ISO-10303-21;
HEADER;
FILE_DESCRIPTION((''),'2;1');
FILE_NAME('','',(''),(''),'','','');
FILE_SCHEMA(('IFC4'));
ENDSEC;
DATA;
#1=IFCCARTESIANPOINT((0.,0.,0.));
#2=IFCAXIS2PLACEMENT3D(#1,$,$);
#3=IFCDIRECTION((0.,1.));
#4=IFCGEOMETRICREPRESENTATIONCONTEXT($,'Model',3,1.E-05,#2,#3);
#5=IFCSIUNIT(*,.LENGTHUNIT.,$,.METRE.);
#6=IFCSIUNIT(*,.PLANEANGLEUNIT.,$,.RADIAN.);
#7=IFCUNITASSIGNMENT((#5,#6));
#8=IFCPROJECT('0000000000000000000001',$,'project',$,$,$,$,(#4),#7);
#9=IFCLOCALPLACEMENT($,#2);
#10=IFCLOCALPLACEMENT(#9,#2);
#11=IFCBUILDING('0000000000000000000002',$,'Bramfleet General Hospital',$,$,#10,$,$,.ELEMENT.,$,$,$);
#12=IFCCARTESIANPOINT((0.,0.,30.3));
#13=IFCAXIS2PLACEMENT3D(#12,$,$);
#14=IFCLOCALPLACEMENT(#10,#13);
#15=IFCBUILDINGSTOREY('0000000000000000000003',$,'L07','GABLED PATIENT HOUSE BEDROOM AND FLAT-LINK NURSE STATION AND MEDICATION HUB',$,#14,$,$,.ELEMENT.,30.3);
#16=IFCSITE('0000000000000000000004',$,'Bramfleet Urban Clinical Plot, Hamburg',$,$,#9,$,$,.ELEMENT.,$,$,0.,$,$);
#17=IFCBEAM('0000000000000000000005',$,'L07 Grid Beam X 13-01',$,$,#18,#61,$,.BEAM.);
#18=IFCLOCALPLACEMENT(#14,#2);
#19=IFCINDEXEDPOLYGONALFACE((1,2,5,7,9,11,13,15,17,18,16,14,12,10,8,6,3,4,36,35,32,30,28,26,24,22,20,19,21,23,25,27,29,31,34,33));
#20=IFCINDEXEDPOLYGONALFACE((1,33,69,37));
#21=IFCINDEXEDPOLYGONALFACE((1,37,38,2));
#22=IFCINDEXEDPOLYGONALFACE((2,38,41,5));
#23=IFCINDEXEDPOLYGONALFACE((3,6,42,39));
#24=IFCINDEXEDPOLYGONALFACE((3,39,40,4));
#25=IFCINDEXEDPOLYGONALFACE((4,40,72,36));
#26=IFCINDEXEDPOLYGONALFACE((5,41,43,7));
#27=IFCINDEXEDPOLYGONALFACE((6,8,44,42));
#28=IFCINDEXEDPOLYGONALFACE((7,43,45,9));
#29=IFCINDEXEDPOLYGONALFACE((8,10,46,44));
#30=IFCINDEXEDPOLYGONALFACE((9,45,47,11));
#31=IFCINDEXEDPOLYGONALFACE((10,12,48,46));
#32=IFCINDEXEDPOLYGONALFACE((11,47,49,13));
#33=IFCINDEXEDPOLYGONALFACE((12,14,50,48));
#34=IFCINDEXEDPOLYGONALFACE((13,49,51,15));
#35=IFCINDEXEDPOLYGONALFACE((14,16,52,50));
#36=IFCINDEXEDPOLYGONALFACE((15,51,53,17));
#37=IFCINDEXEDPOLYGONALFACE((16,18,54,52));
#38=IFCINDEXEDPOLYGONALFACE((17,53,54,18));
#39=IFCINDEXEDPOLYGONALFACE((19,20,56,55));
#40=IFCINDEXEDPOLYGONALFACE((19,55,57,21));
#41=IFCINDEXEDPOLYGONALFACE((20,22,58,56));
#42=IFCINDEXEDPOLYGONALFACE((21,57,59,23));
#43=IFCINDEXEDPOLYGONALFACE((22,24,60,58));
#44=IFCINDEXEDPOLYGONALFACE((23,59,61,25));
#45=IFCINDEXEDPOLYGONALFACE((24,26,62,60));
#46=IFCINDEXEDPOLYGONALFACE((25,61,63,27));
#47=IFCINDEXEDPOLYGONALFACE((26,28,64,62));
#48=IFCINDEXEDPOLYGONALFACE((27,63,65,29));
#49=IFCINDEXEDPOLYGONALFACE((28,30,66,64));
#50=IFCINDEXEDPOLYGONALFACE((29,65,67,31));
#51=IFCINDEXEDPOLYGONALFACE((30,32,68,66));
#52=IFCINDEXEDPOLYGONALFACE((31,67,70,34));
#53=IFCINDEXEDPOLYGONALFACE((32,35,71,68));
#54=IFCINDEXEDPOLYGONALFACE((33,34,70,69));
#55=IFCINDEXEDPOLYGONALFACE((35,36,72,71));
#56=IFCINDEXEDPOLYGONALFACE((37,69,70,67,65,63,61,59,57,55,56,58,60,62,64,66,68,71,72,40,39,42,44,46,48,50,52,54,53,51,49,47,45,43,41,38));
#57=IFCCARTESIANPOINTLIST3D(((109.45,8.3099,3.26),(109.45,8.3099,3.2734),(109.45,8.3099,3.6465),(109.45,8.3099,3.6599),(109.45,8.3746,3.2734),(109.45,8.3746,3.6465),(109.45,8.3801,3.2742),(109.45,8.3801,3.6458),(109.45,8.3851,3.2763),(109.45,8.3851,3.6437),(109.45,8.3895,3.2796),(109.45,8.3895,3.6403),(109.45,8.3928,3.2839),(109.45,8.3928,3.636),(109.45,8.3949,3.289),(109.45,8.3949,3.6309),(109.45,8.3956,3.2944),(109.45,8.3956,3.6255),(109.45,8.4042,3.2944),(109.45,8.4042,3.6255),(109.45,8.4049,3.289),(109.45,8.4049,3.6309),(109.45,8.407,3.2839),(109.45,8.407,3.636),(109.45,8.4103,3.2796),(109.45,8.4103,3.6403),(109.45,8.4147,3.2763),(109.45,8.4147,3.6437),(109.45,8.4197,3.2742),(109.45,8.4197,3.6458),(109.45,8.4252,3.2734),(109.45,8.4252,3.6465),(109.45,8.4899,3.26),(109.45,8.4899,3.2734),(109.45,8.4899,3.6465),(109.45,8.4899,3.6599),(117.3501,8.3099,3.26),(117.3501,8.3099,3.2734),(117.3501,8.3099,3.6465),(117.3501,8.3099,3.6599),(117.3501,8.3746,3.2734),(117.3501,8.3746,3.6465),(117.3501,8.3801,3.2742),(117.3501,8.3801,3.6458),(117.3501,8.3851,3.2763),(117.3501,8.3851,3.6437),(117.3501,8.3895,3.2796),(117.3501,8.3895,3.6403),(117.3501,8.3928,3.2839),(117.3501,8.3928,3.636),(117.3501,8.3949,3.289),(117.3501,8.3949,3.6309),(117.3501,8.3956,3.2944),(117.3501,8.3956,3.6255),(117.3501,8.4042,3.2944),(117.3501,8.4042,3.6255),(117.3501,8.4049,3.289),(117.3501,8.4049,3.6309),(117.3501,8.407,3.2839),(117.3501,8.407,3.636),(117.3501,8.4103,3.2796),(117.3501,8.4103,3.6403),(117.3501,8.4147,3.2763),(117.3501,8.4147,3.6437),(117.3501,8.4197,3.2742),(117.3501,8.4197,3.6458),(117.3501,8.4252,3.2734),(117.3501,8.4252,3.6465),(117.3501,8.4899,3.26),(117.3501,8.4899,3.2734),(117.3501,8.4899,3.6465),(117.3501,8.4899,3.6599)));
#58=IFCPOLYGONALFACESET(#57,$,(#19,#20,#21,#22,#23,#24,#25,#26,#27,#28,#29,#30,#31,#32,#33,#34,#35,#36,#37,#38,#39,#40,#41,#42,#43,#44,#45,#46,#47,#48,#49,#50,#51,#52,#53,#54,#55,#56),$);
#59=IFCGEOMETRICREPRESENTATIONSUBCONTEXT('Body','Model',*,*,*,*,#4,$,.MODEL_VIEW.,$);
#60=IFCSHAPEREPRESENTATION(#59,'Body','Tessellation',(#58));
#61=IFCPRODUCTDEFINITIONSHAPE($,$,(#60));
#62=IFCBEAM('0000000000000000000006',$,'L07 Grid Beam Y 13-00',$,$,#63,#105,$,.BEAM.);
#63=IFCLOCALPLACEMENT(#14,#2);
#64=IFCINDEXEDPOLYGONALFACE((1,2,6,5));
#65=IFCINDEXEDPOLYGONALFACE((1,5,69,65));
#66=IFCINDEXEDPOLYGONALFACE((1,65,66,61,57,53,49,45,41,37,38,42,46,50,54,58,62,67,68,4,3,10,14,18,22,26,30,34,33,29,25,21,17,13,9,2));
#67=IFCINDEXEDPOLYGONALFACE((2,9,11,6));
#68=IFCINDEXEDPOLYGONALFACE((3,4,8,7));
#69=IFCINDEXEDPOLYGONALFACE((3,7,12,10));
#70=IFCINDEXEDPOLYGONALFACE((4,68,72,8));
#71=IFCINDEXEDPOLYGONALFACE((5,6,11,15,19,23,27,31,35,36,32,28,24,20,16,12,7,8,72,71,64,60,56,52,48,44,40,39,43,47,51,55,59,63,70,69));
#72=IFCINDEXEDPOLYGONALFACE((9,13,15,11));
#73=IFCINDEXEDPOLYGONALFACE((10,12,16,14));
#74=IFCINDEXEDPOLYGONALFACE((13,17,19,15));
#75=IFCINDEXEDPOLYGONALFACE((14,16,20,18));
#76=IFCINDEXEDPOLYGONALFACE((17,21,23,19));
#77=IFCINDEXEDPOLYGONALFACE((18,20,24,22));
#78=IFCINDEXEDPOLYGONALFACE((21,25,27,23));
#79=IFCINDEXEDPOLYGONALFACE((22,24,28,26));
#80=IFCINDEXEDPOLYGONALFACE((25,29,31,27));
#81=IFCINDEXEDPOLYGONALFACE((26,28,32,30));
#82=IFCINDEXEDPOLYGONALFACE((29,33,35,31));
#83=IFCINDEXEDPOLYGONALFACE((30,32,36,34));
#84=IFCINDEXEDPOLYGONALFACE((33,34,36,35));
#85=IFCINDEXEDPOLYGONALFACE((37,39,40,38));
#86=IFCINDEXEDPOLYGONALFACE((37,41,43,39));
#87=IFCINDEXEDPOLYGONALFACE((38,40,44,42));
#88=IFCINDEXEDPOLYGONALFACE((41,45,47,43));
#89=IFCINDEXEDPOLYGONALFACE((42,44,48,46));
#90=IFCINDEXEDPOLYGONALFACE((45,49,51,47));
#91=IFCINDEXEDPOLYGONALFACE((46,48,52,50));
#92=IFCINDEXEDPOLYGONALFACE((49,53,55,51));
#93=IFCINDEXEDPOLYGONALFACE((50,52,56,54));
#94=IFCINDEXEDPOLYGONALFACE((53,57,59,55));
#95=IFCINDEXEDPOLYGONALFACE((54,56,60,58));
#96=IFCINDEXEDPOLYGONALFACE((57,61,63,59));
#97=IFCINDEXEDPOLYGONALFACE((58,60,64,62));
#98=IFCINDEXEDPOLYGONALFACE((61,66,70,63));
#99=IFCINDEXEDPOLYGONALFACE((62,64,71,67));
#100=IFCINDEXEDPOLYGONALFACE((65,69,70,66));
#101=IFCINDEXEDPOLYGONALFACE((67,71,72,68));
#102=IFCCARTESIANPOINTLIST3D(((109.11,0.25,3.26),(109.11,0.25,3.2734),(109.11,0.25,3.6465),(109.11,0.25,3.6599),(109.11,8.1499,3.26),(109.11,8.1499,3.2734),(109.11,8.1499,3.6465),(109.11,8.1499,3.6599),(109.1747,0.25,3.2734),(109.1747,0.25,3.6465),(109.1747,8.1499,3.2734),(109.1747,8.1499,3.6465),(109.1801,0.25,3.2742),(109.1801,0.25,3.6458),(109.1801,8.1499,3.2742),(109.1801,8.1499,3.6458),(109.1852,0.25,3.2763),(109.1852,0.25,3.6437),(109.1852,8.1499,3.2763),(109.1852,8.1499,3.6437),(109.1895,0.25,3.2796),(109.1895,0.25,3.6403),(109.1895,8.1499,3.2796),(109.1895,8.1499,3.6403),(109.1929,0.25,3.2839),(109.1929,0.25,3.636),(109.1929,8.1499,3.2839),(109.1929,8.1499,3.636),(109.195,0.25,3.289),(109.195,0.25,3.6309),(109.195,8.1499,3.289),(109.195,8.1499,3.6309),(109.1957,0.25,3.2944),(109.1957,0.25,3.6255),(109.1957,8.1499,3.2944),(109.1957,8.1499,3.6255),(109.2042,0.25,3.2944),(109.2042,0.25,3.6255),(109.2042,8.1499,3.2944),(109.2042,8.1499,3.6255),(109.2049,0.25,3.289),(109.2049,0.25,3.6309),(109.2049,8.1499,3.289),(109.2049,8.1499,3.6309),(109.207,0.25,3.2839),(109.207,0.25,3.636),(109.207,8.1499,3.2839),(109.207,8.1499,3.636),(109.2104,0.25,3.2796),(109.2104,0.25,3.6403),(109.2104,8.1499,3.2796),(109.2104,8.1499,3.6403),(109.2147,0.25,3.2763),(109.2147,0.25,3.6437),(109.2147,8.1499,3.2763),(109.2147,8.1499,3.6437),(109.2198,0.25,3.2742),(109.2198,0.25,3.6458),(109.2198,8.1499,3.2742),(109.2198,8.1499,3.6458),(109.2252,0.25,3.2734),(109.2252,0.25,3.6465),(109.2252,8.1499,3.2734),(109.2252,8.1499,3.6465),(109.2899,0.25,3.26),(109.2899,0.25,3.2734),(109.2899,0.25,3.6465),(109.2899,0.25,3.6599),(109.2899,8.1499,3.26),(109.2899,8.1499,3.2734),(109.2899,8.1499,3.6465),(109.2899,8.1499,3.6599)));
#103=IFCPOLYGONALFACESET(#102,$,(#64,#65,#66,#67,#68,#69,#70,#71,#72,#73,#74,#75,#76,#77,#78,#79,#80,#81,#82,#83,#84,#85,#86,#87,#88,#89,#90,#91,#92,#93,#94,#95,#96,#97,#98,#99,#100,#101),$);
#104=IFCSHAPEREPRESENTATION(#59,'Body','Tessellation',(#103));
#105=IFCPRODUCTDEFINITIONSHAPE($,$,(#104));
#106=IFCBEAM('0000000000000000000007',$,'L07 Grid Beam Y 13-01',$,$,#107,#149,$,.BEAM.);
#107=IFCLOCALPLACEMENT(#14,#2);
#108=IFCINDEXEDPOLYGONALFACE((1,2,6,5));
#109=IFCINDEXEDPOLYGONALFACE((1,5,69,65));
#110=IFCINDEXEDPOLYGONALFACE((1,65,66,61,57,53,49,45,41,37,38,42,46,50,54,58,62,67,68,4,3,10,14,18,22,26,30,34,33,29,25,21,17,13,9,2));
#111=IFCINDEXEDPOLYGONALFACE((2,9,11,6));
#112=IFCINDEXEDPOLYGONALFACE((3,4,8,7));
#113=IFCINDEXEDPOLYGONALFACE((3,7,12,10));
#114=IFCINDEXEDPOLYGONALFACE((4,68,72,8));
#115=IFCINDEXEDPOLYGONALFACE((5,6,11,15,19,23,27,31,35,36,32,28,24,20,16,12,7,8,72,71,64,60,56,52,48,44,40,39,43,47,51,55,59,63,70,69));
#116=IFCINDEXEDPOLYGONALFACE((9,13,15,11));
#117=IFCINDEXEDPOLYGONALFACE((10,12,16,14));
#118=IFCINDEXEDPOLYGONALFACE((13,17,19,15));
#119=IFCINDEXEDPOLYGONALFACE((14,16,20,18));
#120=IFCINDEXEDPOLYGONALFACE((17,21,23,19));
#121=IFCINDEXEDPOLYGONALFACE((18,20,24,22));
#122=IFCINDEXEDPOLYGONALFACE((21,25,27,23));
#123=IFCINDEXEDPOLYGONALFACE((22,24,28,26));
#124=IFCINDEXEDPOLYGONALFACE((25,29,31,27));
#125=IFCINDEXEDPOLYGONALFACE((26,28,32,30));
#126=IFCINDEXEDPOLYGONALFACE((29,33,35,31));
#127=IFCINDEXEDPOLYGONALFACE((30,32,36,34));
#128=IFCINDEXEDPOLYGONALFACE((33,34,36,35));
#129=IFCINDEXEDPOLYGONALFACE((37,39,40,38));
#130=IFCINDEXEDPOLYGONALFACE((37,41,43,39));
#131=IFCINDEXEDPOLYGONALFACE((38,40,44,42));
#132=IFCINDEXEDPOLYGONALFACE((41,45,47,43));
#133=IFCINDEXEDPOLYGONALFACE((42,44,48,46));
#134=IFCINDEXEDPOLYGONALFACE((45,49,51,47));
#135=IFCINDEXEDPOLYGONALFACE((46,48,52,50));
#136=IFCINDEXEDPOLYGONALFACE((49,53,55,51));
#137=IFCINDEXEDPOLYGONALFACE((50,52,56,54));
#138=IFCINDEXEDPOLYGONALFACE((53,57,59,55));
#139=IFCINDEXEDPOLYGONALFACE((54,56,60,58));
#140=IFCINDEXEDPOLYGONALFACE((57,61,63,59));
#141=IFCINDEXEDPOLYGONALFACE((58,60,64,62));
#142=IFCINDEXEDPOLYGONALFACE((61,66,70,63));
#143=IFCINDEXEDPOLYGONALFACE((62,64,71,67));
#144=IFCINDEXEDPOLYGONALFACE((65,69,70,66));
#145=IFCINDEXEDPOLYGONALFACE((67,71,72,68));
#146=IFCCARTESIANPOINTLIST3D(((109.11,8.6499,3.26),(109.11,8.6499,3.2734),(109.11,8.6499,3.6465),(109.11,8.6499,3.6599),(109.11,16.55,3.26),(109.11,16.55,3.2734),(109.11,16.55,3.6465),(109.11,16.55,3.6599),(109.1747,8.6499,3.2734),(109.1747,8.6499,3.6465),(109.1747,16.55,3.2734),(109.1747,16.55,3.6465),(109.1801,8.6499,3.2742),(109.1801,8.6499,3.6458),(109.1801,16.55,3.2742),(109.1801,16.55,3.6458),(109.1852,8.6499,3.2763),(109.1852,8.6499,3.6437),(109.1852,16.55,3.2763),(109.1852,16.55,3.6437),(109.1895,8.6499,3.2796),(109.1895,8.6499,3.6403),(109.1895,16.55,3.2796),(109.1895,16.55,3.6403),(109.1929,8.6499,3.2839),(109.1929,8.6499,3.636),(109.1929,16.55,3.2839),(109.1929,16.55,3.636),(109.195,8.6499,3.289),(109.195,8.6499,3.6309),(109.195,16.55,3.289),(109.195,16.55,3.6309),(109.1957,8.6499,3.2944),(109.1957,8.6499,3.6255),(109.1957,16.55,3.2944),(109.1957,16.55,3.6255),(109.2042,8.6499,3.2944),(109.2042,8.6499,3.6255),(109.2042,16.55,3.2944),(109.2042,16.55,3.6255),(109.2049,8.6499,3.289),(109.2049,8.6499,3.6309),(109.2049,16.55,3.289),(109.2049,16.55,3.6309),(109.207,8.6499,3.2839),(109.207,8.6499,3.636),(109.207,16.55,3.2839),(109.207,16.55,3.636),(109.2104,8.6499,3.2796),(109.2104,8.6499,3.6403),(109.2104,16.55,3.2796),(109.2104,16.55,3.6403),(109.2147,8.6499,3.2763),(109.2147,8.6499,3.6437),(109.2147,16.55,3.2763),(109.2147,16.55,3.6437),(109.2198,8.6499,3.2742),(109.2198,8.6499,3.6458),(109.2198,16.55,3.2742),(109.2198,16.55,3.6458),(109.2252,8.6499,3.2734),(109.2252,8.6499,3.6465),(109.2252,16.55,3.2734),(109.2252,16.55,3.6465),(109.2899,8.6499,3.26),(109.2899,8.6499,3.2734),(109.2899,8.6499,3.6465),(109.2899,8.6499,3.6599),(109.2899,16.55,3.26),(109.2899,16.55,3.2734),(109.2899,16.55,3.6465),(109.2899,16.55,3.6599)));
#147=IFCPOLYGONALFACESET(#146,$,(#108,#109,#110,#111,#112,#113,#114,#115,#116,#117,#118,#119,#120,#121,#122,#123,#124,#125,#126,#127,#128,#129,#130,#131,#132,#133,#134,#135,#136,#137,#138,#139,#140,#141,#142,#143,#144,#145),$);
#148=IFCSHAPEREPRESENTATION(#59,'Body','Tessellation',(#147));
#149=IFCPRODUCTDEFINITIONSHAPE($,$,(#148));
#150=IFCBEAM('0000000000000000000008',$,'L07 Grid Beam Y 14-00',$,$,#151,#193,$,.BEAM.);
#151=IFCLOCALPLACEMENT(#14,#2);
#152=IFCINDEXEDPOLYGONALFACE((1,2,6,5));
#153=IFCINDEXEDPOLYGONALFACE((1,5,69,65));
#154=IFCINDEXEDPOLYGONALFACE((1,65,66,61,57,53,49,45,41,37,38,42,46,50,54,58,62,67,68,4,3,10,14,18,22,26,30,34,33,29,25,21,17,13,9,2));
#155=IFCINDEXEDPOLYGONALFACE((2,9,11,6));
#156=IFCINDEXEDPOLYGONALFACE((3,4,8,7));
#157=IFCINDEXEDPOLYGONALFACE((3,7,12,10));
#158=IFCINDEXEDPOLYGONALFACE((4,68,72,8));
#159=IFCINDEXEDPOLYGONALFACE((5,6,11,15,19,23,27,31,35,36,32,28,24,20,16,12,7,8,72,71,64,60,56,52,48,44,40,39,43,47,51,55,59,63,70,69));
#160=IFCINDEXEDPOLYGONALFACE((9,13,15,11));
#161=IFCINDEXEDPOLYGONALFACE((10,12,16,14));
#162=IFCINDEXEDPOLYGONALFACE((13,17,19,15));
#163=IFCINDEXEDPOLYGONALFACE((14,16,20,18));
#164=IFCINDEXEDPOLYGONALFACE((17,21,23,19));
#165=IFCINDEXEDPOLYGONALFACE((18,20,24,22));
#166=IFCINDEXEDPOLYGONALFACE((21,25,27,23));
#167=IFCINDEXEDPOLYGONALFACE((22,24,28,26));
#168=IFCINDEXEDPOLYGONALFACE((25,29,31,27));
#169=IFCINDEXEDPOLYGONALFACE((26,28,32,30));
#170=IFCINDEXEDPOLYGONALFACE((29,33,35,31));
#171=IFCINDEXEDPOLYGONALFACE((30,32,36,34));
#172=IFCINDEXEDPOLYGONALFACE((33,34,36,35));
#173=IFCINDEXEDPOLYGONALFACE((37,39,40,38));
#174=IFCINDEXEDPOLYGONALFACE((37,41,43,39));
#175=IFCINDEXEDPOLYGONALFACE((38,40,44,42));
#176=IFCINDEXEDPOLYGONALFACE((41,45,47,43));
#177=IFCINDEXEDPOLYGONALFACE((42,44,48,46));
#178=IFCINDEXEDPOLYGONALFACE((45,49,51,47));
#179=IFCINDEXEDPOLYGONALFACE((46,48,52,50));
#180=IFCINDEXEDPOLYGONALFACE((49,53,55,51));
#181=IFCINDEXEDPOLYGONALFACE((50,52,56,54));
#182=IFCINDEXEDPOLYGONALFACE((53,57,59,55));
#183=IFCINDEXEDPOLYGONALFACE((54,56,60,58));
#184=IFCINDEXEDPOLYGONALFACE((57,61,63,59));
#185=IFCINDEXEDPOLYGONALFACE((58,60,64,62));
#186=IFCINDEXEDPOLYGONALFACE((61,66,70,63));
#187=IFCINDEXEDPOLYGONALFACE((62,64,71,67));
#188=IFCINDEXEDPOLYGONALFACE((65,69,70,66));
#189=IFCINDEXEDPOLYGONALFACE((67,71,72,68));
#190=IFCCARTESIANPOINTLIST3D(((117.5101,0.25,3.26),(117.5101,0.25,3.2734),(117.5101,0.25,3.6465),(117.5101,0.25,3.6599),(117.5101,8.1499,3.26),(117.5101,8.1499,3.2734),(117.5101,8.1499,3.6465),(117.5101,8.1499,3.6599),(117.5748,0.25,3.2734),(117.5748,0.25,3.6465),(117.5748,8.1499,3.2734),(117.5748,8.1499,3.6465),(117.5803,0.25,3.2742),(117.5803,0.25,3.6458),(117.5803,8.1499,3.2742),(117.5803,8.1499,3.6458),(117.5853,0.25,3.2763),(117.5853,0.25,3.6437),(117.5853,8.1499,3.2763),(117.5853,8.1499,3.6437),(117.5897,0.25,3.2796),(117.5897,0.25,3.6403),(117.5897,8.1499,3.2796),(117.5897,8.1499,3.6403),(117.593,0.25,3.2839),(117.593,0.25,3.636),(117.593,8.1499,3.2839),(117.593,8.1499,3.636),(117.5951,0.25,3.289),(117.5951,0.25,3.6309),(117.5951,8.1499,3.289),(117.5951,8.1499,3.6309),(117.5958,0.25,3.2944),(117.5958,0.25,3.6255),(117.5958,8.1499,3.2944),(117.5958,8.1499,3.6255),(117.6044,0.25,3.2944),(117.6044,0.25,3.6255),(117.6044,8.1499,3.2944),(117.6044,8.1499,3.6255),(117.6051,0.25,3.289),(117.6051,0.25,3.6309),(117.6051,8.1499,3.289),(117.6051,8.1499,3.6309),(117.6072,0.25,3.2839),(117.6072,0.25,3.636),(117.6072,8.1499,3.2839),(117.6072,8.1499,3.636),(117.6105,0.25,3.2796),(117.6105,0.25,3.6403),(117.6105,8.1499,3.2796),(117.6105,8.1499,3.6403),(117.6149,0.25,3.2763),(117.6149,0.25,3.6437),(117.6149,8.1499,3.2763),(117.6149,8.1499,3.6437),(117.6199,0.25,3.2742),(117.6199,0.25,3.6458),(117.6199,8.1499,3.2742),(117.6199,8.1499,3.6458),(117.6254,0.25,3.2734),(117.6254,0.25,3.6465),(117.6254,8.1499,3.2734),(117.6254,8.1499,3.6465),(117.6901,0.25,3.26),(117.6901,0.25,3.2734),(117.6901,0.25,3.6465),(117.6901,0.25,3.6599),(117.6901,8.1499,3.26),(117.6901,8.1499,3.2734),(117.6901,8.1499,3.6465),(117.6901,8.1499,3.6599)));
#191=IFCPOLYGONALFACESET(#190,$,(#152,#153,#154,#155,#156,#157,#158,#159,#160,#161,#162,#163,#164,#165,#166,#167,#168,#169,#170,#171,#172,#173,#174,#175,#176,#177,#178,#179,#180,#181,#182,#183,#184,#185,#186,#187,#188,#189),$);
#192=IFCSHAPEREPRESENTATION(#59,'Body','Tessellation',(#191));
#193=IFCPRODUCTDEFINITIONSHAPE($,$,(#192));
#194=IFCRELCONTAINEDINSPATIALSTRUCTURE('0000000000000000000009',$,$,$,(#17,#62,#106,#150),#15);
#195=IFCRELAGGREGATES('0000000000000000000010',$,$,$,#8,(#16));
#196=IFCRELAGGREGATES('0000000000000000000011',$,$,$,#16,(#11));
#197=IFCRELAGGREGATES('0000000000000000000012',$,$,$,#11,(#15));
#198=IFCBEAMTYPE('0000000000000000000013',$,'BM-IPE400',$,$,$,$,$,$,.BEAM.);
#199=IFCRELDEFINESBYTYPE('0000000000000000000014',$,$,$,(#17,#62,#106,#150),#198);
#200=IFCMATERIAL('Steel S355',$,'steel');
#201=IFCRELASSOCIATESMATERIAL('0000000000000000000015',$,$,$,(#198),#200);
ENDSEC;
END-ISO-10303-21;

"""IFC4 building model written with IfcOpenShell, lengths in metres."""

from ifc_helpers import new_model, si_unit, direction, frame, origin, origin_2d, place, context, subcontext, project, spatial, i_section, extrude, material, material_profile, profile_set, type_object, element, save


model = new_model("IFC4")

# Units and contexts
model_context = context("Model", 3, precision=1e-05, world=origin(), true_north=direction((0.0, 1.0)))
body_context = subcontext(model_context, "Body", "Model", "MODEL_VIEW")
ifc_project = project(units=[si_unit("LENGTHUNIT", "METRE"), si_unit("PLANEANGLEUNIT", "RADIAN")], contexts=[model_context])

# Site, building, storey
site_placement = place(None, origin())
site = spatial("IfcSite", under=ifc_project, at=site_placement, Name="Bramfleet Urban Clinical Plot, Hamburg", CompositionType="ELEMENT", RefElevation=0.0)
building_placement = place(site_placement, origin())
building = spatial("IfcBuilding", under=site, at=building_placement, Name="Bramfleet General Hospital", CompositionType="ELEMENT")
storey_placement = place(building_placement, frame((0.0, 0.0, 30.3)))
storey = spatial("IfcBuildingStorey", under=building, at=storey_placement, Name="L07", Description="GABLED PATIENT HOUSE BEDROOM AND FLAT-LINK NURSE STATION AND MEDICATION HUB", CompositionType="ELEMENT", Elevation=30.3)

# Beams
ifc_material_1 = material(Name="Steel S355", Category="steel")
ifc_material_profile_1 = material_profile(ifc_material_1, i_section(OverallWidth=0.1799, OverallDepth=0.3999, WebThickness=0.0085, FlangeThickness=0.0134, FilletRadius=0.021, at=origin_2d()), Name="IPE 400")
ifc_profile_set_1 = profile_set([ifc_material_profile_1], Name="Steel S355")
beam_type_1 = type_object("IfcBeamType", Name="BM-IPE400", PredefinedType="BEAM", material=ifc_profile_set_1)
beam_1_placement = place(storey_placement, frame((109.45, 8.3999, 3.46), z_axis=(1.0, 0.0, 0.0), x_axis=(0.0, 1.0, 0.0)))
element("IfcBeam", 1, at=beam_1_placement, inside=storey, type_object=beam_type_1, Name="L07 Grid Beam X 13-01", PredefinedType="BEAM", context=body_context, shape_type="SweptSolid", body=[
    extrude(i_section(OverallWidth=0.1799, OverallDepth=0.3999, WebThickness=0.0085, FlangeThickness=0.0134, FilletRadius=0.021, at=origin_2d()), origin(), (0.0, 0.0, 1.0), 7.9001),
])
beam_2_placement = place(storey_placement, frame((109.2, 0.25, 3.46), z_axis=(0.0, 1.0, 0.0), x_axis=(-1.0, 0.0, 0.0)))
element("IfcBeam", 2, at=beam_2_placement, inside=storey, type_object=beam_type_1, Name="L07 Grid Beam Y 13-00", PredefinedType="BEAM", context=body_context, shape_type="SweptSolid", body=[
    extrude(i_section(OverallWidth=0.1799, OverallDepth=0.3999, WebThickness=0.0085, FlangeThickness=0.0134, FilletRadius=0.021, at=origin_2d()), origin(), (0.0, 0.0, 1.0), 7.8999),
])
beam_3_placement = place(storey_placement, frame((109.2, 8.6499, 3.46), z_axis=(0.0, 1.0, 0.0), x_axis=(-1.0, 0.0, 0.0)))
element("IfcBeam", 3, at=beam_3_placement, inside=storey, type_object=beam_type_1, Name="L07 Grid Beam Y 13-01", PredefinedType="BEAM", context=body_context, shape_type="SweptSolid", body=[
    extrude(i_section(OverallWidth=0.1799, OverallDepth=0.3999, WebThickness=0.0085, FlangeThickness=0.0134, FilletRadius=0.021, at=origin_2d()), origin(), (0.0, 0.0, 1.0), 7.9001),
])
beam_4_placement = place(storey_placement, frame((117.6001, 0.25, 3.46), z_axis=(0.0, 1.0, 0.0), x_axis=(-1.0, 0.0, 0.0)))
element("IfcBeam", 4, at=beam_4_placement, inside=storey, type_object=beam_type_1, Name="L07 Grid Beam Y 14-00", PredefinedType="BEAM", context=body_context, shape_type="SweptSolid", body=[
    extrude(i_section(OverallWidth=0.1799, OverallDepth=0.3999, WebThickness=0.0085, FlangeThickness=0.0134, FilletRadius=0.021, at=origin_2d()), origin(), (0.0, 0.0, 1.0), 7.8999),
])

save(model, "model.ifc")
